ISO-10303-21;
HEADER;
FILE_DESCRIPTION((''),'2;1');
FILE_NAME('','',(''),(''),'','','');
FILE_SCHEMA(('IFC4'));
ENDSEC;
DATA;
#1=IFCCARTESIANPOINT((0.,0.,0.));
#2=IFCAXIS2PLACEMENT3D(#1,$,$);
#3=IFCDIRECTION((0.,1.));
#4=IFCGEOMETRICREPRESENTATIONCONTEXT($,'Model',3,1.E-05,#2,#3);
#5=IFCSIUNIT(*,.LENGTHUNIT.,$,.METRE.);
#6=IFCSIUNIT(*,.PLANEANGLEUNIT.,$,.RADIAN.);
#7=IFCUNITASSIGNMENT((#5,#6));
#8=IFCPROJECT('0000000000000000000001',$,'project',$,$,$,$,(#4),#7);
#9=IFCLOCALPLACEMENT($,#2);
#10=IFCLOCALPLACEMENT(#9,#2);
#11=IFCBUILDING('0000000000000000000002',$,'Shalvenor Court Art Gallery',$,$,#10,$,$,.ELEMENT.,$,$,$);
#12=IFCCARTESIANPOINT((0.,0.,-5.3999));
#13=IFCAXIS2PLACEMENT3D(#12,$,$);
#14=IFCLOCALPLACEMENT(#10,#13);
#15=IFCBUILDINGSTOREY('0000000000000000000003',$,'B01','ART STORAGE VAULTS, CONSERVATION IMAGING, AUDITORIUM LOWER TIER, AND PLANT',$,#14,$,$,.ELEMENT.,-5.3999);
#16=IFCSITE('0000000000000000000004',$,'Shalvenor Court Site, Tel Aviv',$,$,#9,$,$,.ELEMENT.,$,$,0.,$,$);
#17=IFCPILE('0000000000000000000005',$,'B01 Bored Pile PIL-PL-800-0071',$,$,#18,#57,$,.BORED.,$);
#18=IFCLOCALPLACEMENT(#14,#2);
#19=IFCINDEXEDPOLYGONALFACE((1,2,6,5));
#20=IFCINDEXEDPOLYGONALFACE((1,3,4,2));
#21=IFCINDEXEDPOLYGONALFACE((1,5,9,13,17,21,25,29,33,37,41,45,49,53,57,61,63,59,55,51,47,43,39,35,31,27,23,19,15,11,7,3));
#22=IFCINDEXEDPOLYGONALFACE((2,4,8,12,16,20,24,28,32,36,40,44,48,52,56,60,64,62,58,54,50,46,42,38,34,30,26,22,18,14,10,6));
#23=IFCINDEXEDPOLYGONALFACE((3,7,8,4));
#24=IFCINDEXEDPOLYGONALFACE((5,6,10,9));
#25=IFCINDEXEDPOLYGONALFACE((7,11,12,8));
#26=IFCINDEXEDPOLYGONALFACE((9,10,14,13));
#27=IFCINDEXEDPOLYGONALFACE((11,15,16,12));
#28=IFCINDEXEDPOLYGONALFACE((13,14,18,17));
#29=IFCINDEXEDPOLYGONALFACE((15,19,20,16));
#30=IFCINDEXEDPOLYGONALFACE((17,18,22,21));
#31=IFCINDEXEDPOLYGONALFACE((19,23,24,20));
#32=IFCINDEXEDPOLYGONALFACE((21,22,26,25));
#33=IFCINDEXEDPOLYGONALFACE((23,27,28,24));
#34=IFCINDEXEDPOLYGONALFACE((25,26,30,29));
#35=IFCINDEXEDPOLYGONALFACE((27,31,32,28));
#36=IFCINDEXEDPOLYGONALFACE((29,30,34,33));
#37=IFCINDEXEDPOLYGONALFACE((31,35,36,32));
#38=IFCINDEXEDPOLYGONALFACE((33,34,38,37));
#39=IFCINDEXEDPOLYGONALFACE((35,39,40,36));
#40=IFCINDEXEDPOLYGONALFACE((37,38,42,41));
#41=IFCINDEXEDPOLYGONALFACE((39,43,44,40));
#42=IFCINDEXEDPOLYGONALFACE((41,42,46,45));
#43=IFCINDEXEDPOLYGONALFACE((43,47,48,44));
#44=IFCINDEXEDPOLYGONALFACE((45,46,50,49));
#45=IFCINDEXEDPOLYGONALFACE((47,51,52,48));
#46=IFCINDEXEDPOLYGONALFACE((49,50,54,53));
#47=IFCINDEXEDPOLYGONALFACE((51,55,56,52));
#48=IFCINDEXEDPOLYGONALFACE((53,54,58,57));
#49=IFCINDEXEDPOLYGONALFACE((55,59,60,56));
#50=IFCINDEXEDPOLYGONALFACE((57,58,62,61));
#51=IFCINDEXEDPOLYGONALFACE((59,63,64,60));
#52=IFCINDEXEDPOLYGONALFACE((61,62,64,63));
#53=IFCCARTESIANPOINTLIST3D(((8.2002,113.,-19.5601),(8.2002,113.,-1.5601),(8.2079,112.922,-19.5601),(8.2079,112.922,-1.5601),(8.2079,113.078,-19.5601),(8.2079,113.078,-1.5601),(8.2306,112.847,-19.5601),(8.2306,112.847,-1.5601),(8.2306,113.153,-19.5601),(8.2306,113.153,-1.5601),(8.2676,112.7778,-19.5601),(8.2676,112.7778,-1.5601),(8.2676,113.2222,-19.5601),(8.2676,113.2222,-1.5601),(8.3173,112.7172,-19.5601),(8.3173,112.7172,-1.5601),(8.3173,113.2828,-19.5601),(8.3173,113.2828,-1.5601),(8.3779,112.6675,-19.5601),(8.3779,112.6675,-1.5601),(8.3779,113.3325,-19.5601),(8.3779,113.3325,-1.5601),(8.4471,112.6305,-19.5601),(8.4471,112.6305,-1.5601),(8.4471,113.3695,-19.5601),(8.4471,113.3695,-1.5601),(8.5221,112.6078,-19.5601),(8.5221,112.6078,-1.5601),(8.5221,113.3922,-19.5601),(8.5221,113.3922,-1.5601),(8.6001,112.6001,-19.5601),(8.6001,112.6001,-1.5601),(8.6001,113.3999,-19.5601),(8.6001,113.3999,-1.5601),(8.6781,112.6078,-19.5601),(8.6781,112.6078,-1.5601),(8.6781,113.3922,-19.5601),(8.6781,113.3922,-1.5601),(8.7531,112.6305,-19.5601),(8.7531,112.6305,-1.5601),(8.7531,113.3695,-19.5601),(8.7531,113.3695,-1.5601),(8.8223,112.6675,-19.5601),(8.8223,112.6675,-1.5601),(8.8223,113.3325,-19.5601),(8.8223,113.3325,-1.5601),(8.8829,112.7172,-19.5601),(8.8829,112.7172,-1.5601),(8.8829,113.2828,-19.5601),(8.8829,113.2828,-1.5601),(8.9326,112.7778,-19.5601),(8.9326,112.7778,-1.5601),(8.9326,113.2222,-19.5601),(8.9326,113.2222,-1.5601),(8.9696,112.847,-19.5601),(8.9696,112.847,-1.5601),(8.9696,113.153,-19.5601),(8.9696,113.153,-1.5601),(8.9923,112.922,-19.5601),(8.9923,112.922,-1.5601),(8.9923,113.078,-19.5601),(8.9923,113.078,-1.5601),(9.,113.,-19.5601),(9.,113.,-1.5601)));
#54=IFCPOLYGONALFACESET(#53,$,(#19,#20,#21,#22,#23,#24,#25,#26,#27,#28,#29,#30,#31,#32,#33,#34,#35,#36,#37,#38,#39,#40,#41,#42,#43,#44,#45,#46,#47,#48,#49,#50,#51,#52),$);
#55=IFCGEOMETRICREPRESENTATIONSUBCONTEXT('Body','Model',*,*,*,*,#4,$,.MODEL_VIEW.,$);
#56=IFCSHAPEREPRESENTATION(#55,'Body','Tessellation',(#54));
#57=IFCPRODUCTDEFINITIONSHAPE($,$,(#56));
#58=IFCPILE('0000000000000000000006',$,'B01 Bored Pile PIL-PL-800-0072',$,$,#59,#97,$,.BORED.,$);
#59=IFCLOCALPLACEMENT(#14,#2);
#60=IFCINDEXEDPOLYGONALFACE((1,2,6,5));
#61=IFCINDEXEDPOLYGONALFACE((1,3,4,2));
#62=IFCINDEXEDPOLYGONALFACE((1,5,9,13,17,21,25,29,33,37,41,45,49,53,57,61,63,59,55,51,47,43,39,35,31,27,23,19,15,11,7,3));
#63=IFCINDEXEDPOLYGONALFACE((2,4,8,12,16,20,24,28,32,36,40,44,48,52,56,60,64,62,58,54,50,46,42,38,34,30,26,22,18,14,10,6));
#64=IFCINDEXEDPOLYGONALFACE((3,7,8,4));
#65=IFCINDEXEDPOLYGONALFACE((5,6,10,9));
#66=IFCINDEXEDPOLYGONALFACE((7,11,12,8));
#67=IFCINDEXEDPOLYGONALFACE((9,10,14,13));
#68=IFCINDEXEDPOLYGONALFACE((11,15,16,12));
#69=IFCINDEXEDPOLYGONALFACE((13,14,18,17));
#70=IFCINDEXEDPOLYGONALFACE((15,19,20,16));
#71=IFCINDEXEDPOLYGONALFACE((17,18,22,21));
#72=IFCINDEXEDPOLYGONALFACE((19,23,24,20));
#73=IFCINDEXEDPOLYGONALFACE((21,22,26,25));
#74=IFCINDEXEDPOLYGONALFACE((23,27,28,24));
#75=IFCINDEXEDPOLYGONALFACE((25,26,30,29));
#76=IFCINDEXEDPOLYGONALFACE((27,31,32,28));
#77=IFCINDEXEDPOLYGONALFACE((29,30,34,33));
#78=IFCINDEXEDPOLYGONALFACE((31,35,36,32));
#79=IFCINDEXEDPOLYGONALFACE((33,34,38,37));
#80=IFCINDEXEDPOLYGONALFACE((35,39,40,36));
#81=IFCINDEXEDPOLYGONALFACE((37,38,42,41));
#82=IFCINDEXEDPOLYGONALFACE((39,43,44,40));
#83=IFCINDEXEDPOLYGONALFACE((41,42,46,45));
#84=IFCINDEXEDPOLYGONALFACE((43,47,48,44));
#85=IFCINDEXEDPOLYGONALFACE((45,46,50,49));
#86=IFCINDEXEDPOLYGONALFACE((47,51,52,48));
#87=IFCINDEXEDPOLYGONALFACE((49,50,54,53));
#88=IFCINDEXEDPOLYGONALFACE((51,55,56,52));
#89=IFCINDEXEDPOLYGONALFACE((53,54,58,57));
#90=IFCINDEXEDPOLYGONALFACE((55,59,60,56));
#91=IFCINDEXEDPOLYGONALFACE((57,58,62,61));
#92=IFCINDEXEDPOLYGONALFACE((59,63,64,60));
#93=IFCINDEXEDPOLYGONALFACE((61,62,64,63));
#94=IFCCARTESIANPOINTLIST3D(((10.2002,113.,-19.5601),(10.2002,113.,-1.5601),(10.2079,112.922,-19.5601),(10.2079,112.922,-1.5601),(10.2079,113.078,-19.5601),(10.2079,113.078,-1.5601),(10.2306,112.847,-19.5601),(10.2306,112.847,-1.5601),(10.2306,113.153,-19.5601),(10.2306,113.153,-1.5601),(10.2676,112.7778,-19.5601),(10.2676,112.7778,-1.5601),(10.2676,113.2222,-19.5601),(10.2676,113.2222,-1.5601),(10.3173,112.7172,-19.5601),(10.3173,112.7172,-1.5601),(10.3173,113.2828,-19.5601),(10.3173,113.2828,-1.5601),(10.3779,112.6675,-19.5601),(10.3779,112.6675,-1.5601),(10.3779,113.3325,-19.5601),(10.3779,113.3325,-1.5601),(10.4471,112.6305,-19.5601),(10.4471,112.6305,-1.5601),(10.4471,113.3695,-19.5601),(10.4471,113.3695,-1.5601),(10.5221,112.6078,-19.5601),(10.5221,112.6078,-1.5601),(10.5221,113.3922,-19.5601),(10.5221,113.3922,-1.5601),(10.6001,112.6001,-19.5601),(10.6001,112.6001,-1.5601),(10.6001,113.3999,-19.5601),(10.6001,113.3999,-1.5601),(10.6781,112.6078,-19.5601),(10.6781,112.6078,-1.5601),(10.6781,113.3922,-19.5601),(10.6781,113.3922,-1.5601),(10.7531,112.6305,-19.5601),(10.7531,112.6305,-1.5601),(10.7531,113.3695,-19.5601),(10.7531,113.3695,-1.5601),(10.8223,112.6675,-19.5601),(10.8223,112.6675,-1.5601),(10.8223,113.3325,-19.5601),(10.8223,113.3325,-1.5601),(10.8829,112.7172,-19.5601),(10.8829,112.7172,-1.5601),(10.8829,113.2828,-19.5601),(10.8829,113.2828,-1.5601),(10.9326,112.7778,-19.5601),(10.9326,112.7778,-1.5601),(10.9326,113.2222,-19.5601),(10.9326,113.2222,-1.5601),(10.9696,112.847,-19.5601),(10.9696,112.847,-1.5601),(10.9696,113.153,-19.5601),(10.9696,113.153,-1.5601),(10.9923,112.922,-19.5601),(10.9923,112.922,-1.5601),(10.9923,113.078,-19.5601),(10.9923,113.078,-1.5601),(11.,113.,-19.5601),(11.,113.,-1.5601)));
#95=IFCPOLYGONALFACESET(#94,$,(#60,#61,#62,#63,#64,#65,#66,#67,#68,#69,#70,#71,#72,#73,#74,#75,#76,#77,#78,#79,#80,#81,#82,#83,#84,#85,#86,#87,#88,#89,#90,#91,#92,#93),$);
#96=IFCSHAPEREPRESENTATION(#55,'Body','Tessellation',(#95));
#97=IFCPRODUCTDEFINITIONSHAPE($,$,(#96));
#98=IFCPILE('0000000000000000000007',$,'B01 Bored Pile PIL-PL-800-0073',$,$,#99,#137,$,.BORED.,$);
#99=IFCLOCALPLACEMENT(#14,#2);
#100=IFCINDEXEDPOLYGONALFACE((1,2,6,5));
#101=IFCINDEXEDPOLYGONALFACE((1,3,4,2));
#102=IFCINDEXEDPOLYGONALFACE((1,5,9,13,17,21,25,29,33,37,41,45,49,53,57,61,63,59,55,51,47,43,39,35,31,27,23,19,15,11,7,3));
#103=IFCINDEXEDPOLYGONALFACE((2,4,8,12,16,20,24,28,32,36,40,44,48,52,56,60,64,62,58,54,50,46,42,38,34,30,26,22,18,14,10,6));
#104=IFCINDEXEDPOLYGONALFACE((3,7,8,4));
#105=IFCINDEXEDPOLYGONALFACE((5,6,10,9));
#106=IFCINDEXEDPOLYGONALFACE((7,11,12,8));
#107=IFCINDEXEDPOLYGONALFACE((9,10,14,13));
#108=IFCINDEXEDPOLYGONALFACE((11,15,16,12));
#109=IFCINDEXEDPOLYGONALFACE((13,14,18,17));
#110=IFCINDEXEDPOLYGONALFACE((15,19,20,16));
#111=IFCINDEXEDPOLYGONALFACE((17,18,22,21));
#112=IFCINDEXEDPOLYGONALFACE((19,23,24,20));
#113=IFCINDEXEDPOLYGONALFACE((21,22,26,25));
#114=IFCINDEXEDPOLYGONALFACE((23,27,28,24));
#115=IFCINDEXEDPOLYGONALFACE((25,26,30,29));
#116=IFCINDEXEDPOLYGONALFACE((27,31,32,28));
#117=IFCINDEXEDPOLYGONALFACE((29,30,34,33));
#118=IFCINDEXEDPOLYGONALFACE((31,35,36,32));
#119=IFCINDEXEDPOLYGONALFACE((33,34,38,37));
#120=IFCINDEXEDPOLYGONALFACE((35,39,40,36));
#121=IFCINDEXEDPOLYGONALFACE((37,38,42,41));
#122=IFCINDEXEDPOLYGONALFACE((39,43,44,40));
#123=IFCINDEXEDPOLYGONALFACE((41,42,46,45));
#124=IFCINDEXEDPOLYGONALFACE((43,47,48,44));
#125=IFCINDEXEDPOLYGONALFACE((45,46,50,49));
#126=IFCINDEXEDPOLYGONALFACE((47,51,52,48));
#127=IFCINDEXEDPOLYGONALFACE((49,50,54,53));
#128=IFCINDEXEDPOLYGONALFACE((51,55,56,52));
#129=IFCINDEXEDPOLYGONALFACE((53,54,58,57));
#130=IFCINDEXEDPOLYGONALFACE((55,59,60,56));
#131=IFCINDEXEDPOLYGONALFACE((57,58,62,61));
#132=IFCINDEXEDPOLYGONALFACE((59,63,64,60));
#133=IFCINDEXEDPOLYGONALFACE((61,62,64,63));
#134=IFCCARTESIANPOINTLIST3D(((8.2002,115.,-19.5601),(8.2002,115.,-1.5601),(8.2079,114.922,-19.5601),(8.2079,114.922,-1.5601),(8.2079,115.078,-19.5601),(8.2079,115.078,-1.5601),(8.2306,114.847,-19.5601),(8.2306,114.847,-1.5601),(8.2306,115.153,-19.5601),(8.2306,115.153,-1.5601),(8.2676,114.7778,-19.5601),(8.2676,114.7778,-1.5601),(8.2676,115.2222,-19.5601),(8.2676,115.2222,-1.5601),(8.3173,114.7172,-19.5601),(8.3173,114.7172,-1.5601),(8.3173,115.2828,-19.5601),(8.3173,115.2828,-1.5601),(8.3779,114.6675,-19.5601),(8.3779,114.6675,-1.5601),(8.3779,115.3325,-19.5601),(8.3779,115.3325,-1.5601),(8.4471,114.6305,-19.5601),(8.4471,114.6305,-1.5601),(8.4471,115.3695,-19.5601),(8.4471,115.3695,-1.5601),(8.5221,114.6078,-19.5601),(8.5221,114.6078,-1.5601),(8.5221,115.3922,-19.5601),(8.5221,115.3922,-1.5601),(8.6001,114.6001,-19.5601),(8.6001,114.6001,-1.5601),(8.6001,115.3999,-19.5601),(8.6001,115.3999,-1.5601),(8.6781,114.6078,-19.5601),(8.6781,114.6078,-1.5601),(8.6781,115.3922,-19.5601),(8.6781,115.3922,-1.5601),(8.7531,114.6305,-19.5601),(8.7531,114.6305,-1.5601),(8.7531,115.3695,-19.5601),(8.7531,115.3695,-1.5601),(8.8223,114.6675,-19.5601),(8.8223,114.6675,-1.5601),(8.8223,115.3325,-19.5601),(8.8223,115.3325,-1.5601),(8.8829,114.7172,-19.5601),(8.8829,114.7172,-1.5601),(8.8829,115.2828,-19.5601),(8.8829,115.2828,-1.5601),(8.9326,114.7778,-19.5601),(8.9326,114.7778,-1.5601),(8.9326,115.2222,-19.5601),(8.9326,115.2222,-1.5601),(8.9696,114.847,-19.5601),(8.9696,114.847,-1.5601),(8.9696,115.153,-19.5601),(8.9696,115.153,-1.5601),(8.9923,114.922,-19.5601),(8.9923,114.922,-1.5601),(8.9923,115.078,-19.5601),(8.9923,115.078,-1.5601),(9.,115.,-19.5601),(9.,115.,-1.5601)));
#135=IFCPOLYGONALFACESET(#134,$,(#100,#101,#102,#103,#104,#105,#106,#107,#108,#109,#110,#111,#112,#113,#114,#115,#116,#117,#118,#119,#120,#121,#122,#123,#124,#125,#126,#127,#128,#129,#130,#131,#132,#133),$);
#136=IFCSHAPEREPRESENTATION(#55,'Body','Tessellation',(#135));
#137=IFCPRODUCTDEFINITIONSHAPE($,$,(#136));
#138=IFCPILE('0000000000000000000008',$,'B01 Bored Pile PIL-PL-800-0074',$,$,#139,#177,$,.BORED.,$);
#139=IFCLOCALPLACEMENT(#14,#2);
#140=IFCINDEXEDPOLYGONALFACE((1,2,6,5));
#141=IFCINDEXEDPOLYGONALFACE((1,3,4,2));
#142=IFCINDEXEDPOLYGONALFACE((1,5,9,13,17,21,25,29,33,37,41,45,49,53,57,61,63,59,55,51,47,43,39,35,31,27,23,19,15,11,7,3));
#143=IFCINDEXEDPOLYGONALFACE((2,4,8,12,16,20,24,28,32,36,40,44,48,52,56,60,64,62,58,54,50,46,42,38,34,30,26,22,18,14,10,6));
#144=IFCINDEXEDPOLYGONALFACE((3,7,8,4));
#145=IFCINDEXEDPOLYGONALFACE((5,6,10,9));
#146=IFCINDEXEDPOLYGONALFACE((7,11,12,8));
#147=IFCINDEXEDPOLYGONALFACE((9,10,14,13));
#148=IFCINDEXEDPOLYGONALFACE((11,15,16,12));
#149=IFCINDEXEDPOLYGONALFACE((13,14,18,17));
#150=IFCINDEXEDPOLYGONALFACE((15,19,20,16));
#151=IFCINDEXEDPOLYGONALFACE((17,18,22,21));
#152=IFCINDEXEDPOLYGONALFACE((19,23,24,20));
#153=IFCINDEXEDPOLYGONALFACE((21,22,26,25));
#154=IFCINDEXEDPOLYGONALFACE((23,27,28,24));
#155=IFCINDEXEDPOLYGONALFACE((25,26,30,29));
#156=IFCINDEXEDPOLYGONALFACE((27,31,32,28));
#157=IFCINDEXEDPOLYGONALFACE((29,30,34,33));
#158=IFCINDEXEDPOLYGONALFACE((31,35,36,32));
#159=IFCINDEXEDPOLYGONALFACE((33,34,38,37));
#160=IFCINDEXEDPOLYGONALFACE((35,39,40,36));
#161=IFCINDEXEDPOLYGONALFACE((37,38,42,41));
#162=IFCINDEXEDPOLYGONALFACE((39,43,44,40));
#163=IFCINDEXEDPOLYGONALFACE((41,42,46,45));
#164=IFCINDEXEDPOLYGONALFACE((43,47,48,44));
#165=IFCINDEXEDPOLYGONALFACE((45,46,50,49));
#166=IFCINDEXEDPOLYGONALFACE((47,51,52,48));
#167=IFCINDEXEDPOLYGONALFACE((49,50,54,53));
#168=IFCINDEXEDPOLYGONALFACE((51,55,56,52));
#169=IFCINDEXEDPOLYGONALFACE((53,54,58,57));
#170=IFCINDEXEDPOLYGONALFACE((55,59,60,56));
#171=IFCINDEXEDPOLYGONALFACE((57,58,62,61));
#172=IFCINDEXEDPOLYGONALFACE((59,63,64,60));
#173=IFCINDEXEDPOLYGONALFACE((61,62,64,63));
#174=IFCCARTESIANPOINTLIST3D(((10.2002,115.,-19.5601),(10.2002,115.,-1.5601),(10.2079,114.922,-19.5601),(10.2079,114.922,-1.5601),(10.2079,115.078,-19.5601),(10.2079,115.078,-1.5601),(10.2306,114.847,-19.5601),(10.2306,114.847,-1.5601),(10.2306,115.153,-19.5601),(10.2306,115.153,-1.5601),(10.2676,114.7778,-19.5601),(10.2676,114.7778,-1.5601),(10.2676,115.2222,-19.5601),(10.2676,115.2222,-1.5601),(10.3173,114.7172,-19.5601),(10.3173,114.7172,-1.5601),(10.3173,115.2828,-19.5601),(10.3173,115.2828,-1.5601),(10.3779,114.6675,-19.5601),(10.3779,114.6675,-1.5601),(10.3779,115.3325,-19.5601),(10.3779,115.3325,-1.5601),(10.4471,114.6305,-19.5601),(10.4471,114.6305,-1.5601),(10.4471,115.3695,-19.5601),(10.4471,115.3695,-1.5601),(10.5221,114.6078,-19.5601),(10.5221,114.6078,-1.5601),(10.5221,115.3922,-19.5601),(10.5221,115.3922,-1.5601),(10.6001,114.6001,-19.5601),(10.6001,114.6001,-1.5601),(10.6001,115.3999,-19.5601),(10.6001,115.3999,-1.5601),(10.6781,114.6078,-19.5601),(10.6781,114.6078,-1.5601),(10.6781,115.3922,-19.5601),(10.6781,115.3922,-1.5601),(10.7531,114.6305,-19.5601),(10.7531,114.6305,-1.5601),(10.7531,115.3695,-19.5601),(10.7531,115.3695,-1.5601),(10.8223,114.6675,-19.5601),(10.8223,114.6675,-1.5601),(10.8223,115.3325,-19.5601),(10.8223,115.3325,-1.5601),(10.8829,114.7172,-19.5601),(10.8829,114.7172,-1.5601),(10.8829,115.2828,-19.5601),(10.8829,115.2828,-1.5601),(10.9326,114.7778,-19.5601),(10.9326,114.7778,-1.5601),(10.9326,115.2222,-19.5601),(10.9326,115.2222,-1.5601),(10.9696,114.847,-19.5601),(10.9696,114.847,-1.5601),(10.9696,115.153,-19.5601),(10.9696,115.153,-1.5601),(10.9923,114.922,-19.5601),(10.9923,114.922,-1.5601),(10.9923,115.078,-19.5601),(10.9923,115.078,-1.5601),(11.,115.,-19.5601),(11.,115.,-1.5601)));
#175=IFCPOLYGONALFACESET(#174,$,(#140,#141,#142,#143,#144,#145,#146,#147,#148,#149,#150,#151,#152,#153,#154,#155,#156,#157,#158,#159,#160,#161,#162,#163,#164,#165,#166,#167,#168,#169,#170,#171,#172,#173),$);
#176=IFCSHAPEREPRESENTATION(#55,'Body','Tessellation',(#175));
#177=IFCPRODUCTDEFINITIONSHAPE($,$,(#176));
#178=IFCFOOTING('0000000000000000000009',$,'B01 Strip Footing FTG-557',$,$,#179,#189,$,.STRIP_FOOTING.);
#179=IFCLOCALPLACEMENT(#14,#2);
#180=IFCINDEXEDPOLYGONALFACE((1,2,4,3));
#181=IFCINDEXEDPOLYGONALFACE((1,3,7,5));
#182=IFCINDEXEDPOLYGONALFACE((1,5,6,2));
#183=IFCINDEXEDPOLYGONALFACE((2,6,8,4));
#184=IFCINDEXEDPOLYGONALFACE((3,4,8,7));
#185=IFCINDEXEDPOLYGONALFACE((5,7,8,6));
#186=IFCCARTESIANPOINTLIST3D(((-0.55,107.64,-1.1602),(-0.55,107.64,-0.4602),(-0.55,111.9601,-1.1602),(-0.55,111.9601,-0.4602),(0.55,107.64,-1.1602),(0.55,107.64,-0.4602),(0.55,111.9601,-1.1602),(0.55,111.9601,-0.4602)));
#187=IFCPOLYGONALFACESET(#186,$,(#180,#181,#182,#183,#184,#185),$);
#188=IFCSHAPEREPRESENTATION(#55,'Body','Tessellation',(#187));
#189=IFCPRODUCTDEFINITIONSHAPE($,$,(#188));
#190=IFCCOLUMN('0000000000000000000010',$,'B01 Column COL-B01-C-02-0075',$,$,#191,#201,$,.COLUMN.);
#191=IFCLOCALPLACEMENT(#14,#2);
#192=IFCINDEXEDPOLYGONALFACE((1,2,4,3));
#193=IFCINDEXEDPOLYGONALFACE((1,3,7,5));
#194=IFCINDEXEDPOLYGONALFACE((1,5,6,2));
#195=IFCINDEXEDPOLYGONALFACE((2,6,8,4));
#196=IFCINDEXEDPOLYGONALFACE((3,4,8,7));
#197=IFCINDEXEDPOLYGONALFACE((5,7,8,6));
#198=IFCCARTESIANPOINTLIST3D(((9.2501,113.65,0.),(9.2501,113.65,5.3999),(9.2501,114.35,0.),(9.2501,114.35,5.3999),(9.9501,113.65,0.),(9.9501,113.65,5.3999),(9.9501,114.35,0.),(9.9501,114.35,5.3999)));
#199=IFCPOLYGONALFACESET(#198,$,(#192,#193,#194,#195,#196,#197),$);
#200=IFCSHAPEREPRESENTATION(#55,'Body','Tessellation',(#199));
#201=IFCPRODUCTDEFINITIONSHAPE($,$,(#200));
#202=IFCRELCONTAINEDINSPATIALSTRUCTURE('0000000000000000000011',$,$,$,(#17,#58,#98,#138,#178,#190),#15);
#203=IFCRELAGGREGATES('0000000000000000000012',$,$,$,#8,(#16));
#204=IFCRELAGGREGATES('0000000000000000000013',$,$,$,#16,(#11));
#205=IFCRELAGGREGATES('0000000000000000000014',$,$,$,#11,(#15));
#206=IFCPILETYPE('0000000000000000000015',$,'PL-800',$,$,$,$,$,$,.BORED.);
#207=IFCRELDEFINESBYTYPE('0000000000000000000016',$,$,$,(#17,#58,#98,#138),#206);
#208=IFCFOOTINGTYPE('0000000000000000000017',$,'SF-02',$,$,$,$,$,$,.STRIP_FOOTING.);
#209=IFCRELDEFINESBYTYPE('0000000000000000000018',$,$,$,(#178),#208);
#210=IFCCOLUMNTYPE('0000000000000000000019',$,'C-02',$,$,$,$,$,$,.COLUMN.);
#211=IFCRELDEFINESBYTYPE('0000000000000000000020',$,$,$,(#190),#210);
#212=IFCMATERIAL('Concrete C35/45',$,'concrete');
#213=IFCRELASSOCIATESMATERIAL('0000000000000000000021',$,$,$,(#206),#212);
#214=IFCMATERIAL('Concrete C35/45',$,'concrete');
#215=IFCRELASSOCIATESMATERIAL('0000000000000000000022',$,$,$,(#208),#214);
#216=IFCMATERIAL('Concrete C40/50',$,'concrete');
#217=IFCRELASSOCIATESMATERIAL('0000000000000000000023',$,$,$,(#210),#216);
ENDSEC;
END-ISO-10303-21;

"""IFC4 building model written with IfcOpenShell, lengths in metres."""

from ifc_helpers import new_model, si_unit, direction, frame, origin, origin_2d, place, context, subcontext, project, spatial, rectangle, circle, extrude, material, material_profile, profile_set, type_object, element, save


model = new_model("IFC4")

# Units and contexts
model_context = context("Model", 3, precision=1e-05, world=origin(), true_north=direction((0.0, 1.0)))
body_context = subcontext(model_context, "Body", "Model", "MODEL_VIEW")
ifc_project = project(units=[si_unit("LENGTHUNIT", "METRE"), si_unit("PLANEANGLEUNIT", "RADIAN")], contexts=[model_context])

# Site, building, storey
site_placement = place(None, origin())
site = spatial("IfcSite", under=ifc_project, at=site_placement, Name="Shalvenor Court Site, Tel Aviv", CompositionType="ELEMENT", RefElevation=0.0)
building_placement = place(site_placement, origin())
building = spatial("IfcBuilding", under=site, at=building_placement, Name="Shalvenor Court Art Gallery", CompositionType="ELEMENT")
storey_placement = place(building_placement, frame((0.0, 0.0, -5.3999)))
storey = spatial("IfcBuildingStorey", under=building, at=storey_placement, Name="B01", Description="ART STORAGE VAULTS, CONSERVATION IMAGING, AUDITORIUM LOWER TIER, AND PLANT", CompositionType="ELEMENT", Elevation=-5.3999)

# Piles
ifc_material_1 = material(Name="Concrete C35/45", Category="concrete")
ifc_material_profile_1 = material_profile(ifc_material_1, circle(Radius=0.3999, at=origin_2d()), Name="PILE 800")
ifc_profile_set_1 = profile_set([ifc_material_profile_1], Name="Concrete C35/45")
pile_type_1 = type_object("IfcPileType", Name="PL-800", PredefinedType="BORED", material=ifc_profile_set_1)
for number, where, z_axis, x_axis, name in (
    (1, (8.6001, 113.0, -1.5601), (0.0, 0.0, -1.0), (1.0, 0.0, 0.0), "B01 Bored Pile PIL-PL-800-0071"),
    (2, (10.6001, 113.0, -1.5601), (0.0, 0.0, -1.0), (1.0, 0.0, 0.0), "B01 Bored Pile PIL-PL-800-0072"),
    (3, (8.6001, 115.0, -1.5601), (0.0, 0.0, -1.0), (1.0, 0.0, 0.0), "B01 Bored Pile PIL-PL-800-0073"),
    (4, (10.6001, 115.0, -1.5601), (0.0, 0.0, -1.0), (1.0, 0.0, 0.0), "B01 Bored Pile PIL-PL-800-0074"),
):
    element("IfcPile", number, at=place(storey_placement, frame(where, z_axis=z_axis, x_axis=x_axis)), inside=storey, type_object=pile_type_1, Name=name, PredefinedType="BORED", context=body_context, shape_type="SweptSolid", body=[
        extrude(circle(Radius=0.3999, at=origin_2d()), origin(), (0.0, 0.0, 1.0), 18.0),
    ])

# Footing
ifc_material_2 = material(Name="Concrete C35/45", Category="concrete")
footing_type_1 = type_object("IfcFootingType", Name="SF-02", PredefinedType="STRIP_FOOTING", material=ifc_material_2)
footing_1_placement = place(storey_placement, frame((0.0, 109.8, -1.1602), z_axis=(0.0, 0.0, 1.0), x_axis=(0.0, 1.0, 0.0)))
element("IfcFooting", 5, at=footing_1_placement, inside=storey, type_object=footing_type_1, Name="B01 Strip Footing FTG-557", PredefinedType="STRIP_FOOTING", context=body_context, shape_type="SweptSolid", body=[
    extrude(rectangle(XDim=4.3201, YDim=1.1001, at=origin_2d()), origin(), (0.0, 0.0, 1.0), 0.7),
])

# Column
ifc_material_3 = material(Name="Concrete C40/50", Category="concrete")
ifc_material_profile_2 = material_profile(ifc_material_3, rectangle(XDim=0.7, YDim=0.7, at=origin_2d()), Name="RC 700x700")
ifc_profile_set_2 = profile_set([ifc_material_profile_2], Name="Concrete C40/50")
column_type_1 = type_object("IfcColumnType", Name="C-02", PredefinedType="COLUMN", material=ifc_profile_set_2)
column_1_placement = place(storey_placement, frame((9.6001, 114.0, 0.0), z_axis=(0.0, 0.0, 1.0), x_axis=(1.0, 0.0, 0.0)))
element("IfcColumn", 6, at=column_1_placement, inside=storey, type_object=column_type_1, Name="B01 Column COL-B01-C-02-0075", PredefinedType="COLUMN", context=body_context, shape_type="SweptSolid", body=[
    extrude(rectangle(XDim=0.7, YDim=0.7, at=origin_2d()), origin(), (0.0, 0.0, 1.0), 5.3999),
])

save(model, "model.ifc")
